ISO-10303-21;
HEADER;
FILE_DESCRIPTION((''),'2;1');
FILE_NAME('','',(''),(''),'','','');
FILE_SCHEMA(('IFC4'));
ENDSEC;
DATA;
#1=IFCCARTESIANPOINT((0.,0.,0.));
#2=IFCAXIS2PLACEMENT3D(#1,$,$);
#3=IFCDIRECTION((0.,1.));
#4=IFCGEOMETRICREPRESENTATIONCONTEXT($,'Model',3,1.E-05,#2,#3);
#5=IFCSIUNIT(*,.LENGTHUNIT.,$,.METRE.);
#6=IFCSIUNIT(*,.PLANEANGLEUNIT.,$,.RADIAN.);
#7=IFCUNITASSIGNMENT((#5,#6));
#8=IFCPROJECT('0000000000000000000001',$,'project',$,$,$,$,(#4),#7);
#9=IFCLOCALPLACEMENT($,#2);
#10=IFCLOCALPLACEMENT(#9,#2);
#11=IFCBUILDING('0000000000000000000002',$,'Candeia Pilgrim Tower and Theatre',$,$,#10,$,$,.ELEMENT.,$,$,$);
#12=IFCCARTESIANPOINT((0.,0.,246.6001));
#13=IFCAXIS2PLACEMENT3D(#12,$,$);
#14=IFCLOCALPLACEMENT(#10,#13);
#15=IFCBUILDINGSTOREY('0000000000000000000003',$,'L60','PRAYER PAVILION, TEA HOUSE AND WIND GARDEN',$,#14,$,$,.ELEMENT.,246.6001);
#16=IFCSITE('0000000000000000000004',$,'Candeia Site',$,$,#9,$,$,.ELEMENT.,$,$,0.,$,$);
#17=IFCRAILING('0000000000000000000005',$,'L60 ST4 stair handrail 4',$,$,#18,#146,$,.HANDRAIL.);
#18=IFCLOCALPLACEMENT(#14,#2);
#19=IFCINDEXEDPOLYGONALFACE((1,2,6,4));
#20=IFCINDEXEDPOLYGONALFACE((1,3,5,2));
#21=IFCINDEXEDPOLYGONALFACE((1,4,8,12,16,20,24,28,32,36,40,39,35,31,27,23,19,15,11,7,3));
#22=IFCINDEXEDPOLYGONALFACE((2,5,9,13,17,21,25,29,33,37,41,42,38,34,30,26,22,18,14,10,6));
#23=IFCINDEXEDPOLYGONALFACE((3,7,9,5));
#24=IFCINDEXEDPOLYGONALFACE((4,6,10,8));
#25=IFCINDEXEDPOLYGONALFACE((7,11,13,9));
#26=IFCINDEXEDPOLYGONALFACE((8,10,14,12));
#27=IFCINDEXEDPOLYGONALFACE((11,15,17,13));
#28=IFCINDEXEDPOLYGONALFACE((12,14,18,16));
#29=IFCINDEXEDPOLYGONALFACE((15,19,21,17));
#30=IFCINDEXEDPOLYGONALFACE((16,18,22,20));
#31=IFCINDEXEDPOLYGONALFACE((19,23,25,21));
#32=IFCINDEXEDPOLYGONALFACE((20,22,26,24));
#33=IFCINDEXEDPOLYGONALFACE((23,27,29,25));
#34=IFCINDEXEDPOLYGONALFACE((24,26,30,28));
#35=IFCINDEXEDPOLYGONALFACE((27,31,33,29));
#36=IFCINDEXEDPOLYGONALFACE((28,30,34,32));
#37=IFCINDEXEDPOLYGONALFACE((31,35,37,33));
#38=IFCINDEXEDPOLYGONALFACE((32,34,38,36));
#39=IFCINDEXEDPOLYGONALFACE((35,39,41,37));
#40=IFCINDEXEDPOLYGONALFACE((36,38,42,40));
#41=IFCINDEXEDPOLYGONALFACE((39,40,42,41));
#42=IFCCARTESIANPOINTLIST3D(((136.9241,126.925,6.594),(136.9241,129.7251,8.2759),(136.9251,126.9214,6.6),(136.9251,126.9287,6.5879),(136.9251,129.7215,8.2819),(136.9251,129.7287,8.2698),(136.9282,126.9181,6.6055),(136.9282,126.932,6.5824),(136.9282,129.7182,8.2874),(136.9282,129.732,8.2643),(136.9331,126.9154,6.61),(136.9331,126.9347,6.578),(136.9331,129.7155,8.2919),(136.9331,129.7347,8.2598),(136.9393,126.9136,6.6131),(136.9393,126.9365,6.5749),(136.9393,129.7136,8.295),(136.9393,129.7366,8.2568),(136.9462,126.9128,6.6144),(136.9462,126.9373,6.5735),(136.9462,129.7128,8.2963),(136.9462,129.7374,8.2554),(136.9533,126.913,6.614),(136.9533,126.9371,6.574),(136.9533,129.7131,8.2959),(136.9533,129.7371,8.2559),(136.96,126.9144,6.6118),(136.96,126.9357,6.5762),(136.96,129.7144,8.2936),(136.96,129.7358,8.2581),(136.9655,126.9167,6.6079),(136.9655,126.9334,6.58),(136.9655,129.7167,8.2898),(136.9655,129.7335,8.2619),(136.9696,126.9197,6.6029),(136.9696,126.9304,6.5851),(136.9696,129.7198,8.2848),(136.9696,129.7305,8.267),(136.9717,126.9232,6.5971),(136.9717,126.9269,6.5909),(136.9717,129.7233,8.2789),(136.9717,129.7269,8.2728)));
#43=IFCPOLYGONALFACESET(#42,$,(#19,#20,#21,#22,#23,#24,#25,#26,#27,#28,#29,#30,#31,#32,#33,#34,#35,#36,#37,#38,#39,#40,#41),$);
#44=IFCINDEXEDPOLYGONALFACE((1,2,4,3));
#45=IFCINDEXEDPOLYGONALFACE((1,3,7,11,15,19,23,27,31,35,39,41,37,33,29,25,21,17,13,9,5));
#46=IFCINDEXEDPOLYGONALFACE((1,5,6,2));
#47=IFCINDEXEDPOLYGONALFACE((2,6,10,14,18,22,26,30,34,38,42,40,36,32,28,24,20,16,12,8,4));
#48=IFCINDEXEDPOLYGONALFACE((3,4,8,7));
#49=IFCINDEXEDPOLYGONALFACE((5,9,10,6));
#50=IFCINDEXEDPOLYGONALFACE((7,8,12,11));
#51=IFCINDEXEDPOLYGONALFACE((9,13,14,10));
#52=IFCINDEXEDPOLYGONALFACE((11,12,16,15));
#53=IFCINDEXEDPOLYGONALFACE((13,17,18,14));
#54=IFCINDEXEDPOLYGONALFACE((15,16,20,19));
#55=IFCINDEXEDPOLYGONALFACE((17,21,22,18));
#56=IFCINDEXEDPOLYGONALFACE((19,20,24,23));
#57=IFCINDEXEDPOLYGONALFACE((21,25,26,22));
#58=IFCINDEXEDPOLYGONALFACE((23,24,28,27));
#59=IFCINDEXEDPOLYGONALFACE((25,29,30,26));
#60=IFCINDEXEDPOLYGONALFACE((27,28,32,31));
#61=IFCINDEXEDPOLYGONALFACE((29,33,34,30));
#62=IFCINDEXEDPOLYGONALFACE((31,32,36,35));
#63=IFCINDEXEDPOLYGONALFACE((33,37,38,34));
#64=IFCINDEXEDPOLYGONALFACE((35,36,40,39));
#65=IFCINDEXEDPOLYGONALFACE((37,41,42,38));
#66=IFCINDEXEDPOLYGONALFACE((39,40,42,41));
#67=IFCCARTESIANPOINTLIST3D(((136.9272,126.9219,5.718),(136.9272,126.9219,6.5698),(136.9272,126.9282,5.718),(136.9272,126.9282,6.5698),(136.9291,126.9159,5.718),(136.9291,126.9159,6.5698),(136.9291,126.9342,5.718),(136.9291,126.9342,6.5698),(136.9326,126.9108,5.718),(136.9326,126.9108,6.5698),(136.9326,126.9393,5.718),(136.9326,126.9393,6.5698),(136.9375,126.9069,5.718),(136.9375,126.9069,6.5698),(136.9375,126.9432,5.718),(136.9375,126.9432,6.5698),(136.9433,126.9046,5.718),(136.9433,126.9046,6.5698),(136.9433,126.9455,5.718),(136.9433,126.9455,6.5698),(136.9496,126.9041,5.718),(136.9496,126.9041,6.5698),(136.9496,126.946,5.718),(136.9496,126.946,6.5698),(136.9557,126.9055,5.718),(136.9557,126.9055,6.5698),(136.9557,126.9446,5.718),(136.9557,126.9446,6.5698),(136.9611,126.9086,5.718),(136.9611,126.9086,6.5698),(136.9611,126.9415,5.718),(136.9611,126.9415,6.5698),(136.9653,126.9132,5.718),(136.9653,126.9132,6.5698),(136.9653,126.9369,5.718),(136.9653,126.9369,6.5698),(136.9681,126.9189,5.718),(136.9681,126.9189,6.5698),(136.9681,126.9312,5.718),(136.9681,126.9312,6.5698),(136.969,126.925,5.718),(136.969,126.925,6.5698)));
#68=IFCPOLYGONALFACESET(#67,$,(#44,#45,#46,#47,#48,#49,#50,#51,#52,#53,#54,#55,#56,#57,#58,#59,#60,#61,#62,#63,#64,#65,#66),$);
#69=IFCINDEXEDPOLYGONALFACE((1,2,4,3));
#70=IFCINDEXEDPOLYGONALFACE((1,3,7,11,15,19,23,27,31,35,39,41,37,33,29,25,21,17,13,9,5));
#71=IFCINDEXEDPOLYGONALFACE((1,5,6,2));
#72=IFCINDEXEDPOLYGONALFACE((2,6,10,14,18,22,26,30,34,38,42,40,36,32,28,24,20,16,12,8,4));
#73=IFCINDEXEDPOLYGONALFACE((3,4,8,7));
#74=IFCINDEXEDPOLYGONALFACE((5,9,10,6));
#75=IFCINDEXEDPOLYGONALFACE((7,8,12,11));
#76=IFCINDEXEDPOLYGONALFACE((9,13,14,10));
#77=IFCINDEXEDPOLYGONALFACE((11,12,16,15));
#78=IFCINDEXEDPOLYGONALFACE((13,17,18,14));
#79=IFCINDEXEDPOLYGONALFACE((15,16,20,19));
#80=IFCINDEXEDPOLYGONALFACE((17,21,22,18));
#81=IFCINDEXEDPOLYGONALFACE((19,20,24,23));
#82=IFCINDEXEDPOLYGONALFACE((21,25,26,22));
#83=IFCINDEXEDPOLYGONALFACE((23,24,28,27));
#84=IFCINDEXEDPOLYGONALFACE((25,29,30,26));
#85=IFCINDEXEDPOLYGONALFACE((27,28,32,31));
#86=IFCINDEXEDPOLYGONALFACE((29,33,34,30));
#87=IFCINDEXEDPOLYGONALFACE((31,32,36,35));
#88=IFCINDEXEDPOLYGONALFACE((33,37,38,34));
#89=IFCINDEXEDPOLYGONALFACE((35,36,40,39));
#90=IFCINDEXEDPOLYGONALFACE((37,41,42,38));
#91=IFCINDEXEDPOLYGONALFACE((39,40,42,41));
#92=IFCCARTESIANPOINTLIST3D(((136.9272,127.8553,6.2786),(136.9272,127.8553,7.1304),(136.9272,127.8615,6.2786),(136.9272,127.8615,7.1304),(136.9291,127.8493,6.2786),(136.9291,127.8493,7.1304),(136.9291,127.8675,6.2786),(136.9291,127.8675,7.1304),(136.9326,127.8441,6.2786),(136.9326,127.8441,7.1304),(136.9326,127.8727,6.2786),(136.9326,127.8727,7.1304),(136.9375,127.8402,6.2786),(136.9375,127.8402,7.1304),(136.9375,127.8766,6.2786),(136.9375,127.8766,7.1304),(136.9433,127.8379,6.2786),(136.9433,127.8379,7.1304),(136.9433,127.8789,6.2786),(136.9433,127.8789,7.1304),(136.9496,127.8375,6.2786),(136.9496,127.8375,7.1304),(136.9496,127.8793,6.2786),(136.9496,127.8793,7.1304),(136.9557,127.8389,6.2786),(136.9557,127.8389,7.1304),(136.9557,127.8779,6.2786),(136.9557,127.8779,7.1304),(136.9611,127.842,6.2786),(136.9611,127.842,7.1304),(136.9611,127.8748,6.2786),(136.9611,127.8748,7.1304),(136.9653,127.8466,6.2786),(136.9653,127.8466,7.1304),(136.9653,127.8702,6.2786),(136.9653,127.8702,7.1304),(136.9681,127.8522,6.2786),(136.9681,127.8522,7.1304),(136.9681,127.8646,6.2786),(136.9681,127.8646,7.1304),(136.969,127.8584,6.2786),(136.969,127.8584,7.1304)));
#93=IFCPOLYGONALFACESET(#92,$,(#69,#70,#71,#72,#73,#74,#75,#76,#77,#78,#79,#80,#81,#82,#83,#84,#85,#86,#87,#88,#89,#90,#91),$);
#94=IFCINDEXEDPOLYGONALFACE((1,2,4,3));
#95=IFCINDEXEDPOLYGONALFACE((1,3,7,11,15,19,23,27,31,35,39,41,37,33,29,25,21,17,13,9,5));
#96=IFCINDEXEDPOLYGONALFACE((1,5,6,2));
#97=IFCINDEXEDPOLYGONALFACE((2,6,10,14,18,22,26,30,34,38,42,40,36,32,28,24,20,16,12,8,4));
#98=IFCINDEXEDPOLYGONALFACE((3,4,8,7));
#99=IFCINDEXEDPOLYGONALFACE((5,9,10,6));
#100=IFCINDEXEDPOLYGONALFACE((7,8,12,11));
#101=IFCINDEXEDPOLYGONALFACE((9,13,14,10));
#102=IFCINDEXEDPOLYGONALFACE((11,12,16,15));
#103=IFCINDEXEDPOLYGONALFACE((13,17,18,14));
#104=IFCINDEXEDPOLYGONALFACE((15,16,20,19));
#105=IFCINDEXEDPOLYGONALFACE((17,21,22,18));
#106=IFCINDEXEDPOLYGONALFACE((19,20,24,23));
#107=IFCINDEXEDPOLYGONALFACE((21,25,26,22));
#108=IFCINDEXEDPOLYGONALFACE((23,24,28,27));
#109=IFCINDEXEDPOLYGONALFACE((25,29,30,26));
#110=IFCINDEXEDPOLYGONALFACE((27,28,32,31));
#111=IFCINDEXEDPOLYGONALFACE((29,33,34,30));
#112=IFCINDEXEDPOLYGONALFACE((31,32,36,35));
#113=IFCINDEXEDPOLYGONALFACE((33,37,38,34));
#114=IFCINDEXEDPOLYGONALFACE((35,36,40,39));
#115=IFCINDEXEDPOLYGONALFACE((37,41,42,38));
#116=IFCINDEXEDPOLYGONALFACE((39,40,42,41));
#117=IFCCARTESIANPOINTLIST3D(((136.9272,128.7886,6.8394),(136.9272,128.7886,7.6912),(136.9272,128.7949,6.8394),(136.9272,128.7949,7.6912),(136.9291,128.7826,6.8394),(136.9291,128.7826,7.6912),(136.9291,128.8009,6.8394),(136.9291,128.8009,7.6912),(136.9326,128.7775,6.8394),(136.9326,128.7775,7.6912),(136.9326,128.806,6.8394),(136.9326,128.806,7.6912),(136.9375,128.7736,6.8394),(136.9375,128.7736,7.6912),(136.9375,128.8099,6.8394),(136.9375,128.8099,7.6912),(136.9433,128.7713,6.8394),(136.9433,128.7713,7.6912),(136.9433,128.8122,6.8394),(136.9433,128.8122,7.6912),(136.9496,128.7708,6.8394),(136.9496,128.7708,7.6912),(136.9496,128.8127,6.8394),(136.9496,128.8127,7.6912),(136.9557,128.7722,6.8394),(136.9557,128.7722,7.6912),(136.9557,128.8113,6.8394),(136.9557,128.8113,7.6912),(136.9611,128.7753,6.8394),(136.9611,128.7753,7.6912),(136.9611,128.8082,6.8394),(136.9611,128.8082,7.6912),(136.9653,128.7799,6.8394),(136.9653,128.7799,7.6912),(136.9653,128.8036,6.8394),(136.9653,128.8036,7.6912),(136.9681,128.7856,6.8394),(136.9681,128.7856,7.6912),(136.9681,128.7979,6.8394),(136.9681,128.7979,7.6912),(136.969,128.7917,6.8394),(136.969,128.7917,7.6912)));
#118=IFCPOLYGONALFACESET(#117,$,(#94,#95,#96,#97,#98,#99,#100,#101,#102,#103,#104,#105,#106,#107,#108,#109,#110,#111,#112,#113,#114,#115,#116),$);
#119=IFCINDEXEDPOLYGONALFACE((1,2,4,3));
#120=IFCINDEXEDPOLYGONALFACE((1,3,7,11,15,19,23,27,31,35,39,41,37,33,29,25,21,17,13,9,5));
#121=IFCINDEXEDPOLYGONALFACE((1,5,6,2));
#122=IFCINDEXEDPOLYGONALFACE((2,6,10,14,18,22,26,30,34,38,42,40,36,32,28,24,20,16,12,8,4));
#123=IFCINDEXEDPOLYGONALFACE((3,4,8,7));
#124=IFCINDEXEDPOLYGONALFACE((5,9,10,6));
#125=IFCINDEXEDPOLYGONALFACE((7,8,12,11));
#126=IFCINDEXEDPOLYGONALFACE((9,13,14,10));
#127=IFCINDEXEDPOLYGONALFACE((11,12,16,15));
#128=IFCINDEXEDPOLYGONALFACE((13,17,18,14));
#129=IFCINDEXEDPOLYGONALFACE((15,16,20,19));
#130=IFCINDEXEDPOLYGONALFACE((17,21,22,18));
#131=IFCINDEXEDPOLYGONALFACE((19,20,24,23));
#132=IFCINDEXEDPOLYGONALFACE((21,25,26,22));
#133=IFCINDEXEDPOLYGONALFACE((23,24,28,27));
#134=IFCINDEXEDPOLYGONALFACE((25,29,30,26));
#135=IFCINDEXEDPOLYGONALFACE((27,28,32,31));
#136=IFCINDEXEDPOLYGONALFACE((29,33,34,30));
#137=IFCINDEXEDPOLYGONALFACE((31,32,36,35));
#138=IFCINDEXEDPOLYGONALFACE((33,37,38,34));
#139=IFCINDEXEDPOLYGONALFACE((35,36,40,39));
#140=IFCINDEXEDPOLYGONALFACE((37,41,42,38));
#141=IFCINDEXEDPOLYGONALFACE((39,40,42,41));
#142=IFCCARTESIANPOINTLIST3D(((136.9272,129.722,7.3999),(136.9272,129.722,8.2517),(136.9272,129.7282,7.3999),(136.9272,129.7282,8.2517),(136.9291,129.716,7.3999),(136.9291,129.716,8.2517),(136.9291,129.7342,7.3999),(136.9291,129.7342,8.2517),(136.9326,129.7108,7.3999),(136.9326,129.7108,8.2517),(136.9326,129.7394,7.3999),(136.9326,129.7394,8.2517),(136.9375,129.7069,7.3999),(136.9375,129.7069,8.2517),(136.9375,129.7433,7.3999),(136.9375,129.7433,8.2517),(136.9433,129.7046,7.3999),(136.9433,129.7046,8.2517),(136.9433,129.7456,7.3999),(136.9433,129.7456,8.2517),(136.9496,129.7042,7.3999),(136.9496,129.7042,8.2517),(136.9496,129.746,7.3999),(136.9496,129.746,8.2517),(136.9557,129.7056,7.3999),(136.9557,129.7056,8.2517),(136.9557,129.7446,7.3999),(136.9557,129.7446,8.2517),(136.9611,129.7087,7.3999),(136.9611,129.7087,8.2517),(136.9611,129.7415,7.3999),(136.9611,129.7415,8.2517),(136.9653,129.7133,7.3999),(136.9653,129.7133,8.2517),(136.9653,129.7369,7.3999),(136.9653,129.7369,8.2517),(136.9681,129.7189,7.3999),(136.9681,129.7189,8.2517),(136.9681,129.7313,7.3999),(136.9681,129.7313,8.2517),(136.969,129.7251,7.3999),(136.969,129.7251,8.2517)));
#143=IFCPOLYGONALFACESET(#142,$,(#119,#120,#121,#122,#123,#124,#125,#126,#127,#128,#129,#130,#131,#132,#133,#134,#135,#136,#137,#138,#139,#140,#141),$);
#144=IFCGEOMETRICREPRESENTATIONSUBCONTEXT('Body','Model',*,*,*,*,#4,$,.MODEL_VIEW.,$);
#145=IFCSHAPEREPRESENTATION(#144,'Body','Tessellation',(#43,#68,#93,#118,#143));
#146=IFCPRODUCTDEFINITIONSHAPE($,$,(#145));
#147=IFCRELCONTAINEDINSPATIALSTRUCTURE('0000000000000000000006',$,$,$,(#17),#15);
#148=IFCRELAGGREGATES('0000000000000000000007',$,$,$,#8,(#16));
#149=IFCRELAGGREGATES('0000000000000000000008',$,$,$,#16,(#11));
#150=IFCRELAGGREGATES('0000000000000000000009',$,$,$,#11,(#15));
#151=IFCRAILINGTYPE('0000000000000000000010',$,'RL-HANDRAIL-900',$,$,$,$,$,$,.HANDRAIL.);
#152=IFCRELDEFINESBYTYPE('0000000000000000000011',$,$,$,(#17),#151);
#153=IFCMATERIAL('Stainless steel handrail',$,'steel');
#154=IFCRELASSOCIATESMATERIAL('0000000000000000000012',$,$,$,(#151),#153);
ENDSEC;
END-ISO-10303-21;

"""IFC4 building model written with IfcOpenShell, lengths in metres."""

from ifc_helpers import new_model, si_unit, direction, frame, origin, origin_2d, place, context, subcontext, project, spatial, circle, extrude, material, type_object, element, save


model = new_model("IFC4")

# Units and contexts
model_context = context("Model", 3, precision=1e-05, world=origin(), true_north=direction((0.0, 1.0)))
body_context = subcontext(model_context, "Body", "Model", "MODEL_VIEW")
ifc_project = project(units=[si_unit("LENGTHUNIT", "METRE"), si_unit("PLANEANGLEUNIT", "RADIAN")], contexts=[model_context])

# Site, building, storey
site_placement = place(None, origin())
site = spatial("IfcSite", under=ifc_project, at=site_placement, Name="Candeia Site", CompositionType="ELEMENT", RefElevation=0.0)
building_placement = place(site_placement, origin())
building = spatial("IfcBuilding", under=site, at=building_placement, Name="Candeia Pilgrim Tower and Theatre", CompositionType="ELEMENT")
storey_placement = place(building_placement, frame((0.0, 0.0, 246.6001)))
storey = spatial("IfcBuildingStorey", under=building, at=storey_placement, Name="L60", Description="PRAYER PAVILION, TEA HOUSE AND WIND GARDEN", CompositionType="ELEMENT", Elevation=246.6001)

# Railing
ifc_material_1 = material(Name="Stainless steel handrail", Category="steel")
railing_type_1 = type_object("IfcRailingType", Name="RL-HANDRAIL-900", PredefinedType="HANDRAIL", material=ifc_material_1)
railing_1_placement = place(storey_placement, frame((136.948, 126.925, 5.718)))
element("IfcRailing", 1, at=railing_1_placement, inside=storey, type_object=railing_type_1, Name="L60 ST4 stair handrail 4", PredefinedType="HANDRAIL", context=body_context, shape_type="SweptSolid", body=[
    extrude(circle(Radius=0.0239, at=origin_2d()), frame((0.0, 0.0, 0.876), z_axis=(0.0, 0.857242, 0.514913), x_axis=(-1.0, 0.0, 0.0)), (0.0, 0.0, 1.0), 3.2664),
    extrude(circle(Radius=0.021, at=origin_2d()), origin(), (0.0, 0.0, 1.0), 0.8518),
    extrude(circle(Radius=0.021, at=origin_2d()), frame((0.0, 0.9333, 0.5605)), (0.0, 0.0, 1.0), 0.8518),
    extrude(circle(Radius=0.021, at=origin_2d()), frame((0.0, 1.8667, 1.1213)), (0.0, 0.0, 1.0), 0.8518),
    extrude(circle(Radius=0.021, at=origin_2d()), frame((0.0, 2.8, 1.6819)), (0.0, 0.0, 1.0), 0.8518),
])

save(model, "model.ifc")
